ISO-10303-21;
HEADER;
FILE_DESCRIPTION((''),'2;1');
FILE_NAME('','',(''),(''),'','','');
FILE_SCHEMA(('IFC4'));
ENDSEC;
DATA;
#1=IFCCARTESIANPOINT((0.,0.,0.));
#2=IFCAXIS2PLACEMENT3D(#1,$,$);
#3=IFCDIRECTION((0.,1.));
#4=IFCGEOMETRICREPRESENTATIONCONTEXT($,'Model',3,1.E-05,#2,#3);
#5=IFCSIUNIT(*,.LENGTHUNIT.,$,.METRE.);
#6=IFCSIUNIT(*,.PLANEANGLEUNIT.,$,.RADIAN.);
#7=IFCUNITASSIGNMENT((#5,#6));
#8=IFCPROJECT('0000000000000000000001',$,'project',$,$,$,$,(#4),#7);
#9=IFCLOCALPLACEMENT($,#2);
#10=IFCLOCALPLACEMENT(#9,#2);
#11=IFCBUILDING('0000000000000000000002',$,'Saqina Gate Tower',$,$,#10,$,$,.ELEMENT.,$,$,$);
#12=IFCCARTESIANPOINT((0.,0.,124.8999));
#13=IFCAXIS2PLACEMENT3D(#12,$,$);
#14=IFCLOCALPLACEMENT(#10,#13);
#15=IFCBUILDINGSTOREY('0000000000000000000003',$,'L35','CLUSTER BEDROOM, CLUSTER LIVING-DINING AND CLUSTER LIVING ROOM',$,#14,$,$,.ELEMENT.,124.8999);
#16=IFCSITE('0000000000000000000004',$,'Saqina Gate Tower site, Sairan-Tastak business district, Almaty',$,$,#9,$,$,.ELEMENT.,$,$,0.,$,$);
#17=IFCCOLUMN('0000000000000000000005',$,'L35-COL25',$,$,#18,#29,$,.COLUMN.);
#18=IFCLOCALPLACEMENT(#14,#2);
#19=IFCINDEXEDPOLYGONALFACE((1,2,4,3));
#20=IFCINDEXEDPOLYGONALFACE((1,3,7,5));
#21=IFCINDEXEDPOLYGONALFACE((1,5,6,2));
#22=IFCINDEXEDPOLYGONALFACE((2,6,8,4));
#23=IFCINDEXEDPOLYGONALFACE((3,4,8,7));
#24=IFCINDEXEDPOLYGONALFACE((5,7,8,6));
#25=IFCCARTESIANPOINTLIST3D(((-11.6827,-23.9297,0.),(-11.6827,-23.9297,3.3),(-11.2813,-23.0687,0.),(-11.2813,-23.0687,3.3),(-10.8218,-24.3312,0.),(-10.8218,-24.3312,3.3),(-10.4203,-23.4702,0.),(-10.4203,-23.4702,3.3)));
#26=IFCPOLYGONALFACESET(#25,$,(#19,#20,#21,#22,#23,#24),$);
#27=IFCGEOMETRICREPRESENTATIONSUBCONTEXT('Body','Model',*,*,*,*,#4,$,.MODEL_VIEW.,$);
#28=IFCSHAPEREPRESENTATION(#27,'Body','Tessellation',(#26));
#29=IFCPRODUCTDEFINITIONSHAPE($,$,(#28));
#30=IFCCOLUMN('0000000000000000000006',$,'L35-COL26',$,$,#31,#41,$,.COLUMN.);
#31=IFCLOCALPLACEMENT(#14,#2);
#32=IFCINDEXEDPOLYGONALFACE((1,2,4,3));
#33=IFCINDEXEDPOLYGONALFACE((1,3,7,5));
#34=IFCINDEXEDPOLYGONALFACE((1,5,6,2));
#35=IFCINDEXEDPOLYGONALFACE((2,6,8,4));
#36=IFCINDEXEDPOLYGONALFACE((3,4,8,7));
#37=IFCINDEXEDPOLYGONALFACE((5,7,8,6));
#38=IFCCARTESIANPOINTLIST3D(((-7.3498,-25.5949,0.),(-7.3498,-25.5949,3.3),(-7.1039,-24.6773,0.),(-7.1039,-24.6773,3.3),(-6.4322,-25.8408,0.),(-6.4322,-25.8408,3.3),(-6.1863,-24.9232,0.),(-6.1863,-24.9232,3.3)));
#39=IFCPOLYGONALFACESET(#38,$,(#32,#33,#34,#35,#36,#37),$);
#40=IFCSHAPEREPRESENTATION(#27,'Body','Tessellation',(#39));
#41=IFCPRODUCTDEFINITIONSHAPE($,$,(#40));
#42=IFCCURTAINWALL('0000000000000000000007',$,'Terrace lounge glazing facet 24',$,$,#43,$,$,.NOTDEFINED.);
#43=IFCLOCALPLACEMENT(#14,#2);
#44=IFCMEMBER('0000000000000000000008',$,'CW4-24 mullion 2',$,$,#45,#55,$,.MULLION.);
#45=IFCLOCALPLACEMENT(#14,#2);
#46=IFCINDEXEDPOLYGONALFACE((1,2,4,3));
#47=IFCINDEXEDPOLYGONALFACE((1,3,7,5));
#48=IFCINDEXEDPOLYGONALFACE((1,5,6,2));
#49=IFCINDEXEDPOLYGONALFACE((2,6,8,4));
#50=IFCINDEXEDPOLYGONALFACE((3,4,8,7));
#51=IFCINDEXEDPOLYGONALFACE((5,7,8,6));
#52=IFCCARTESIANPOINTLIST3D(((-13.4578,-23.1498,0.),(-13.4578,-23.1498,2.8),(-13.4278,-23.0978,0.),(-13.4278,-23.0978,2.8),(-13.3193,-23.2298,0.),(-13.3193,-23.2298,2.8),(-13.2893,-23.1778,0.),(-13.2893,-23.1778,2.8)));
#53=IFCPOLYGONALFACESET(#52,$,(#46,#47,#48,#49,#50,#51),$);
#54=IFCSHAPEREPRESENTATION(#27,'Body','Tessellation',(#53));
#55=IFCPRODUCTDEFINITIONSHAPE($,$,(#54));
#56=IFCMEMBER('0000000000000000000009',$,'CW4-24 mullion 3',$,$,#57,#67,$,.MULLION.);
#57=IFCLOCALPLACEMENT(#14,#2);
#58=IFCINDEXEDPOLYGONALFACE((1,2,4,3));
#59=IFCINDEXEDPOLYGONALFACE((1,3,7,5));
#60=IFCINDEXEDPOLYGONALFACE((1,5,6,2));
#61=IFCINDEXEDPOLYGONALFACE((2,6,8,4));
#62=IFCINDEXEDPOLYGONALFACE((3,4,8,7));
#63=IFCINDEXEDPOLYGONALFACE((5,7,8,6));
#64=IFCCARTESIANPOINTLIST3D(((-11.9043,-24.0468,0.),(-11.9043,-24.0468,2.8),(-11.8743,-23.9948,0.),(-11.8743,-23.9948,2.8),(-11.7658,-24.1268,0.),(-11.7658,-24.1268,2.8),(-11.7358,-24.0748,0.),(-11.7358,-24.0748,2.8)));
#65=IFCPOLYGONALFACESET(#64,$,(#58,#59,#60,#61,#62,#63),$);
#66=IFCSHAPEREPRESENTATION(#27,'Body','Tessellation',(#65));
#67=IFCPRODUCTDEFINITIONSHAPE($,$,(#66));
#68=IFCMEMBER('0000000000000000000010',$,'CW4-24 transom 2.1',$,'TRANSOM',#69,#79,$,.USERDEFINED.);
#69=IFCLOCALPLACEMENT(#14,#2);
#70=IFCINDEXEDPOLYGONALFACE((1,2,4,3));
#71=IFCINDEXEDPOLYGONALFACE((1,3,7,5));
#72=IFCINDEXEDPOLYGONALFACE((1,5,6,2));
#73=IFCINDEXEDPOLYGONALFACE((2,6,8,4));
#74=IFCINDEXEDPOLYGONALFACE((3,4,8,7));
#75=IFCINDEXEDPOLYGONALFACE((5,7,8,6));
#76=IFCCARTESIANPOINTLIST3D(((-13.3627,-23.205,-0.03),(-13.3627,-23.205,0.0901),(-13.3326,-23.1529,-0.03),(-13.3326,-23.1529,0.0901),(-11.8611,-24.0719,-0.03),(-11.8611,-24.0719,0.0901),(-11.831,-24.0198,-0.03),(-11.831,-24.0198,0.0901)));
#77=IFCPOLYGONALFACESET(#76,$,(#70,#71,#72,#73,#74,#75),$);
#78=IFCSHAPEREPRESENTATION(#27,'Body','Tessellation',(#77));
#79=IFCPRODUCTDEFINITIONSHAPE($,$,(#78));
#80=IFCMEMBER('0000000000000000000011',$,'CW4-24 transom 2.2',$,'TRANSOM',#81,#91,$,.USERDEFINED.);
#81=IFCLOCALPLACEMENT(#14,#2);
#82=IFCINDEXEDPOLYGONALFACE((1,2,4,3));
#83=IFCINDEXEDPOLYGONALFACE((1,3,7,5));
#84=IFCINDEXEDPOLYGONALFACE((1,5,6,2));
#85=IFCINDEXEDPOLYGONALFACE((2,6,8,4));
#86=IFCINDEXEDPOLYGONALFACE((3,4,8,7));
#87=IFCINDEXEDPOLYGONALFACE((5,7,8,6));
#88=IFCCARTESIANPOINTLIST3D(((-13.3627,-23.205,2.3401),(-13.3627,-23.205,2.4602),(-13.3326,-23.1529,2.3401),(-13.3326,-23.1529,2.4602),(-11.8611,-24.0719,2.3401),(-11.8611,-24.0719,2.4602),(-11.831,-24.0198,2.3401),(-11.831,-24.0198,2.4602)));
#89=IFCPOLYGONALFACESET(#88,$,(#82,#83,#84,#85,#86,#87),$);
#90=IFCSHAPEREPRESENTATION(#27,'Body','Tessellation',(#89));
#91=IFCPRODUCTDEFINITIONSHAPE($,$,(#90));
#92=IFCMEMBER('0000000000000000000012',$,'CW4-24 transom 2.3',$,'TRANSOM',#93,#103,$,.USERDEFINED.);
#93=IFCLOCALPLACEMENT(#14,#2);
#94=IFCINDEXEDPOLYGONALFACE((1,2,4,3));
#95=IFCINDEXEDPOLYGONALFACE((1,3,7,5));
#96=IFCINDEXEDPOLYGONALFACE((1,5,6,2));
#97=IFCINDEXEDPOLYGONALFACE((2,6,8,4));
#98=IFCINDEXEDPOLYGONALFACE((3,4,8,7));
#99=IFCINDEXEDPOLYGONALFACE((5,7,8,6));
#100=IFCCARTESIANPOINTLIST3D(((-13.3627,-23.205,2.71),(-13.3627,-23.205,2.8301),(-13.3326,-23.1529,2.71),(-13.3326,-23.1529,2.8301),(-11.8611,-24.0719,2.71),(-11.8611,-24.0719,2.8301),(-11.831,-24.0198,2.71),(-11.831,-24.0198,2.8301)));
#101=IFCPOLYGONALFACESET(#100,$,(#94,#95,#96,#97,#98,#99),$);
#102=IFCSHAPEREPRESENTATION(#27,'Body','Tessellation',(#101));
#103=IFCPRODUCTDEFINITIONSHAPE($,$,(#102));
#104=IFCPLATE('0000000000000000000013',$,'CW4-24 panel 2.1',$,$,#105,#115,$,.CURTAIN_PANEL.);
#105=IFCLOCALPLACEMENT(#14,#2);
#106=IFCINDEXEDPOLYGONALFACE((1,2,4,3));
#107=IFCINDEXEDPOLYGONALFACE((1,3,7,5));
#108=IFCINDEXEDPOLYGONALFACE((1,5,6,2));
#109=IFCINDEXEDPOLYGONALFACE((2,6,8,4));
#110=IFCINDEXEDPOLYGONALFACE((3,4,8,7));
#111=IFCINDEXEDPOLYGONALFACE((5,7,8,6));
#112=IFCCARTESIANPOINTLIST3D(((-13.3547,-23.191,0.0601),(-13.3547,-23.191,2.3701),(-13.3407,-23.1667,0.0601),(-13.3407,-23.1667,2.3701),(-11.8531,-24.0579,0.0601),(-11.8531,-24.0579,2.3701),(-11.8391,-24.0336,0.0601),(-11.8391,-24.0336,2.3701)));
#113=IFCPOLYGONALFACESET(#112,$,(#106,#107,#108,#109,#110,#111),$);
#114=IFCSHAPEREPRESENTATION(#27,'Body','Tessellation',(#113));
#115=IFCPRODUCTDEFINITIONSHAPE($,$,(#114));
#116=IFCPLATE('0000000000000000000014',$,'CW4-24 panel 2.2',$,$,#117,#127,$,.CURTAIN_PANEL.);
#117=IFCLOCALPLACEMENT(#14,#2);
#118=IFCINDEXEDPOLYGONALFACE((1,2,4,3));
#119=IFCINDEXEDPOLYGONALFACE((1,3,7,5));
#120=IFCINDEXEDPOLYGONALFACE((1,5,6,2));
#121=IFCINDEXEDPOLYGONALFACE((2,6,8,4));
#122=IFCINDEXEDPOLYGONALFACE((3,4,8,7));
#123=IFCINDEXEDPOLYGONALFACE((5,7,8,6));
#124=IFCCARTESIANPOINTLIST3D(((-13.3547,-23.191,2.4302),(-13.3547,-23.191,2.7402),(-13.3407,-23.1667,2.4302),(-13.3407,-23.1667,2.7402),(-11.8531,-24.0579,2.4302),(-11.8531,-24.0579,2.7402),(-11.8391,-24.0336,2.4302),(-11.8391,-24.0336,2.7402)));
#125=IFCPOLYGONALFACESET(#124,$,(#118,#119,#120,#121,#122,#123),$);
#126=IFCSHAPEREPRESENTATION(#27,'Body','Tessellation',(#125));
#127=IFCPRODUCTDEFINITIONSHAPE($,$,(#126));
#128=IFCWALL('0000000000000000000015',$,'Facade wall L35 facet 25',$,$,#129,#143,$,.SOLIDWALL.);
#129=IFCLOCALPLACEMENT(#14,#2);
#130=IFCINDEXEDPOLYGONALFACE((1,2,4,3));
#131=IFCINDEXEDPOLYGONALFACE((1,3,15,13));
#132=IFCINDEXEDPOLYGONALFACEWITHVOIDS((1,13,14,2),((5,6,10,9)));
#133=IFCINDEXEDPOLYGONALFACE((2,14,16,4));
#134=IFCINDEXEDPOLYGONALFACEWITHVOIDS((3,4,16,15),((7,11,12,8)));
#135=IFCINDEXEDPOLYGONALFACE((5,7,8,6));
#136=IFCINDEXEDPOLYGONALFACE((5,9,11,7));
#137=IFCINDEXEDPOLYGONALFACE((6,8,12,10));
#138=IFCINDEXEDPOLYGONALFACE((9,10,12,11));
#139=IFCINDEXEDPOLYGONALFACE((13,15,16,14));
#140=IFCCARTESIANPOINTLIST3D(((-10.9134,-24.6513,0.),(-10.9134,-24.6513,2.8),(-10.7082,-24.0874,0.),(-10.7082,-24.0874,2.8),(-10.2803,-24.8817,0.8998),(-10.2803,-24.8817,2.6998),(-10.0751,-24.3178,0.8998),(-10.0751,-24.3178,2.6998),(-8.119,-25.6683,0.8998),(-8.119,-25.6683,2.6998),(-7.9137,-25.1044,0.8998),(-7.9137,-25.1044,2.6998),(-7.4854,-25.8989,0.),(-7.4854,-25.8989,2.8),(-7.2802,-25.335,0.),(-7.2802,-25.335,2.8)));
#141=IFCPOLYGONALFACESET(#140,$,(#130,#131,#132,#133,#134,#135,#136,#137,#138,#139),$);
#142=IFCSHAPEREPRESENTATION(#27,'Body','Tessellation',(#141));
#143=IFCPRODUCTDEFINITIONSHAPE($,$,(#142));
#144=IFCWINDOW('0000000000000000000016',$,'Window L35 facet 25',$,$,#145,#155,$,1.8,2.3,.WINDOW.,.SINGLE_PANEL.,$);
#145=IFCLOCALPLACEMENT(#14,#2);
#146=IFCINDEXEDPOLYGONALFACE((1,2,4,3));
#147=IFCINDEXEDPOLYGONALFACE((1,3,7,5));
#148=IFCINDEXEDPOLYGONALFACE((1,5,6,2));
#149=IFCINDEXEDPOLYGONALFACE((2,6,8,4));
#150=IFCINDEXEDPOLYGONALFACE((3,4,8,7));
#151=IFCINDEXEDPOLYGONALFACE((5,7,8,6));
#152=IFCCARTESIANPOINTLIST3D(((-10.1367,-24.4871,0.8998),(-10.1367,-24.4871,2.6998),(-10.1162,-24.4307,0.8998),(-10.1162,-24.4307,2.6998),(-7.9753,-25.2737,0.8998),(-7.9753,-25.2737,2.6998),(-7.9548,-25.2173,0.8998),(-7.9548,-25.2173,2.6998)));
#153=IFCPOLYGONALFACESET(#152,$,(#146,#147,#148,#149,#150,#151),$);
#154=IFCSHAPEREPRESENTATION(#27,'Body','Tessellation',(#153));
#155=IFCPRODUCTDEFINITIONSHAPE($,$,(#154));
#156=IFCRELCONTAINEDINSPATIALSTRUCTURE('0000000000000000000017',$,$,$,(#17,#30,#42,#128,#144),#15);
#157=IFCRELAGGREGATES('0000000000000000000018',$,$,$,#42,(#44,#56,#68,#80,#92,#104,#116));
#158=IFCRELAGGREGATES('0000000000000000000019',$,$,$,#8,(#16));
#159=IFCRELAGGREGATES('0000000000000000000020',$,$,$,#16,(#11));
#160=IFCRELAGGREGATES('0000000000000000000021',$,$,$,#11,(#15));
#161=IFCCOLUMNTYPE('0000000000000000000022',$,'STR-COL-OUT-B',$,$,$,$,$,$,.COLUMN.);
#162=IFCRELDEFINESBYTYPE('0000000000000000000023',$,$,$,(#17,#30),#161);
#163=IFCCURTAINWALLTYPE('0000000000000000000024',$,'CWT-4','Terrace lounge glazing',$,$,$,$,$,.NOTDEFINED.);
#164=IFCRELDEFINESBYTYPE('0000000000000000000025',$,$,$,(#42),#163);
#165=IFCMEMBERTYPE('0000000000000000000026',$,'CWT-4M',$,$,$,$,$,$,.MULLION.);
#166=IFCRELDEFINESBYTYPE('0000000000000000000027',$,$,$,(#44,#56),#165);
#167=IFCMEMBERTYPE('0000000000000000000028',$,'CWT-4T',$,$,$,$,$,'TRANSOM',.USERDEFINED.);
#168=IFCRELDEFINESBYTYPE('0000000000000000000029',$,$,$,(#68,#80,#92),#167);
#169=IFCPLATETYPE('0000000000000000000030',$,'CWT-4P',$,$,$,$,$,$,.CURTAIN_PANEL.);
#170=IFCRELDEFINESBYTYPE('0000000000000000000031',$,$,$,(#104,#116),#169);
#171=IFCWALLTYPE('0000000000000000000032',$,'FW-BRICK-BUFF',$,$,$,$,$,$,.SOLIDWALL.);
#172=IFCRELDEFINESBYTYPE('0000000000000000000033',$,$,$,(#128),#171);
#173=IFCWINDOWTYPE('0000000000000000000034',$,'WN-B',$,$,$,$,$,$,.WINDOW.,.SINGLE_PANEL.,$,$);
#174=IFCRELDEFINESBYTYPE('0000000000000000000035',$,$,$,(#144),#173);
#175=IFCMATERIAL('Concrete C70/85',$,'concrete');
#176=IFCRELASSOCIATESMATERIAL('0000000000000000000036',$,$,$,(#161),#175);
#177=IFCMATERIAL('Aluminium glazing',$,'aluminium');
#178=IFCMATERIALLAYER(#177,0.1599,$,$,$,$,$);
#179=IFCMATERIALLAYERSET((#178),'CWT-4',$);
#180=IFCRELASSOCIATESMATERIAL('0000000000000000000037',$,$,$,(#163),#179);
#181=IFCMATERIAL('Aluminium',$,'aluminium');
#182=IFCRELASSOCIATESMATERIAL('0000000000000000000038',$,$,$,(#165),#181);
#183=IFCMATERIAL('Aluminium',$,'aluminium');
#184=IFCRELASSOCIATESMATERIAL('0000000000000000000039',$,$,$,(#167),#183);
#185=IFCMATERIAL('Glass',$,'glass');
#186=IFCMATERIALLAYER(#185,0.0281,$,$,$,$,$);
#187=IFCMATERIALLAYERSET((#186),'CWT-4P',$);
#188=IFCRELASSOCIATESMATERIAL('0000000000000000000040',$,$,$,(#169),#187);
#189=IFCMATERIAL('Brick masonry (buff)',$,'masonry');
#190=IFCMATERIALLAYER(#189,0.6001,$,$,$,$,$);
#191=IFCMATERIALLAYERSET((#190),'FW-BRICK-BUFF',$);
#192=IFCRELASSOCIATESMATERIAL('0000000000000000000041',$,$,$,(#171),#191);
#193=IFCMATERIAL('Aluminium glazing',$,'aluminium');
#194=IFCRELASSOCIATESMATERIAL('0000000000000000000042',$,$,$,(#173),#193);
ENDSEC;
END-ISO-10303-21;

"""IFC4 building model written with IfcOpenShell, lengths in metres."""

from ifc_helpers import new_model, si_unit, direction, frame, frame_2d, origin, origin_2d, place, context, subcontext, project, spatial, rectangle, extrude, material, layer, layer_set, material_profile, profile_set, type_object, element, fill, aggregate, save


model = new_model("IFC4")

# Units and contexts
model_context = context("Model", 3, precision=1e-05, world=origin(), true_north=direction((0.0, 1.0)))
body_context = subcontext(model_context, "Body", "Model", "MODEL_VIEW")
ifc_project = project(units=[si_unit("LENGTHUNIT", "METRE"), si_unit("PLANEANGLEUNIT", "RADIAN")], contexts=[model_context])

# Site, building, storey
site_placement = place(None, origin())
site = spatial("IfcSite", under=ifc_project, at=site_placement, Name="Saqina Gate Tower site, Sairan-Tastak business district, Almaty", CompositionType="ELEMENT", RefElevation=0.0)
building_placement = place(site_placement, origin())
building = spatial("IfcBuilding", under=site, at=building_placement, Name="Saqina Gate Tower", CompositionType="ELEMENT")
storey_placement = place(building_placement, frame((0.0, 0.0, 124.8999)))
storey = spatial("IfcBuildingStorey", under=building, at=storey_placement, Name="L35", Description="CLUSTER BEDROOM, CLUSTER LIVING-DINING AND CLUSTER LIVING ROOM", CompositionType="ELEMENT", Elevation=124.8999)

# Columns
ifc_material_1 = material(Name="Concrete C70/85", Category="concrete")
ifc_material_profile_1 = material_profile(ifc_material_1, rectangle(XDim=0.95, YDim=0.95, at=origin_2d()), Name="RC 950x950")
ifc_profile_set_1 = profile_set([ifc_material_profile_1], Name="Concrete C70/85")
column_type = type_object("IfcColumnType", Name="STR-COL-OUT-B", PredefinedType="COLUMN", material=ifc_profile_set_1)
for number, where, z_axis, x_axis, name in (
    (1, (-11.0515, -23.7, 0.0), (0.0, 0.0, 1.0), (-0.422618, -0.906308, 0.0), "L35-COL25"),
    (2, (-6.7681, -25.259, 0.0), (0.0, 0.0, 1.0), (-0.258819, -0.965926, 0.0), "L35-COL26"),
):
    element("IfcColumn", number, at=place(storey_placement, frame(where, z_axis=z_axis, x_axis=x_axis)), inside=storey, type_object=column_type, Name=name, PredefinedType="COLUMN", context=body_context, shape_type="SweptSolid", body=[
        extrude(rectangle(XDim=0.95, YDim=0.95, at=origin_2d()), origin(), (0.0, 0.0, 1.0), 3.3),
    ])

# Curtain wall, members, plates
ifc_material_2 = material(Name="Aluminium glazing", Category="aluminium")
ifc_layer_1 = layer(ifc_material_2, 0.1599)
ifc_layer_set_1 = layer_set([ifc_layer_1], Name="CWT-4")
curtain_wall_type = type_object("IfcCurtainWallType", Name="CWT-4", Description="Terrace lounge glazing", PredefinedType="NOTDEFINED", material=ifc_layer_set_1)
curtain_wall_placement = place(storey_placement, origin())
curtain_wall = element("IfcCurtainWall", 3, at=curtain_wall_placement, inside=storey, type_object=curtain_wall_type, Name="Terrace lounge glazing facet 24", PredefinedType="NOTDEFINED")
ifc_material_3 = material(Name="Aluminium", Category="aluminium")
ifc_material_profile_2 = material_profile(ifc_material_3, rectangle(XDim=0.0601, YDim=0.1599, at=origin_2d()), Name="Aluminium 60x160")
ifc_profile_set_2 = profile_set([ifc_material_profile_2], Name="Aluminium")
member_type_1 = type_object("IfcMemberType", Name="CWT-4M", PredefinedType="MULLION", material=ifc_profile_set_2)
member_1_placement = place(storey_placement, frame((-13.3735, -23.1638, 0.0), z_axis=(0.0, 0.0, 1.0), x_axis=(0.499999, 0.866026, 0.0)))
member_1 = element("IfcMember", 4, at=member_1_placement, type_object=member_type_1, Name="CW4-24 mullion 2", PredefinedType="MULLION", context=body_context, shape_type="SweptSolid", body=[
    extrude(rectangle(XDim=0.0601, YDim=0.1599, at=origin_2d()), origin(), (0.0, 0.0, 1.0), 2.8),
])
member_2_placement = place(storey_placement, frame((-11.8201, -24.0608, 0.0), z_axis=(0.0, 0.0, 1.0), x_axis=(0.499999, 0.866026, 0.0)))
member_2 = element("IfcMember", 5, at=member_2_placement, type_object=member_type_1, Name="CW4-24 mullion 3", PredefinedType="MULLION", context=body_context, shape_type="SweptSolid", body=[
    extrude(rectangle(XDim=0.0601, YDim=0.1599, at=origin_2d()), origin(), (0.0, 0.0, 1.0), 2.8),
])
ifc_material_4 = material(Name="Aluminium", Category="aluminium")
ifc_material_profile_3 = material_profile(ifc_material_4, rectangle(XDim=0.0601, YDim=0.1201, at=origin_2d()), Name="Aluminium 60x120")
ifc_profile_set_3 = profile_set([ifc_material_profile_3], Name="Aluminium")
member_type_2 = type_object("IfcMemberType", Name="CWT-4T", ElementType="TRANSOM", PredefinedType="USERDEFINED", material=ifc_profile_set_3)
member_3_placement = place(storey_placement, frame((-13.3477, -23.179, 0.03), z_axis=(0.866043, -0.49997, 0.0), x_axis=(0.49997, 0.866043, 0.0)))
member_3 = element("IfcMember", 6, at=member_3_placement, type_object=member_type_2, Name="CW4-24 transom 2.1", ObjectType="TRANSOM", PredefinedType="USERDEFINED", context=body_context, shape_type="SweptSolid", body=[
    extrude(rectangle(XDim=0.0601, YDim=0.1201, at=origin_2d()), origin(), (0.0, 0.0, 1.0), 1.7339),
])
member_4_placement = place(storey_placement, frame((-13.3477, -23.179, 2.4001), z_axis=(0.866043, -0.49997, 0.0), x_axis=(0.49997, 0.866043, 0.0)))
member_4 = element("IfcMember", 7, at=member_4_placement, type_object=member_type_2, Name="CW4-24 transom 2.2", ObjectType="TRANSOM", PredefinedType="USERDEFINED", context=body_context, shape_type="SweptSolid", body=[
    extrude(rectangle(XDim=0.0601, YDim=0.1201, at=origin_2d()), origin(), (0.0, 0.0, 1.0), 1.7339),
])
member_5_placement = place(storey_placement, frame((-13.3477, -23.179, 2.77), z_axis=(0.866043, -0.49997, 0.0), x_axis=(0.49997, 0.866043, 0.0)))
member_5 = element("IfcMember", 8, at=member_5_placement, type_object=member_type_2, Name="CW4-24 transom 2.3", ObjectType="TRANSOM", PredefinedType="USERDEFINED", context=body_context, shape_type="SweptSolid", body=[
    extrude(rectangle(XDim=0.0601, YDim=0.1201, at=origin_2d()), origin(), (0.0, 0.0, 1.0), 1.7339),
])
ifc_material_5 = material(Name="Glass", Category="glass")
ifc_layer_2 = layer(ifc_material_5, 0.0281)
ifc_layer_set_2 = layer_set([ifc_layer_2], Name="CWT-4P")
plate_type = type_object("IfcPlateType", Name="CWT-4P", PredefinedType="CURTAIN_PANEL", material=ifc_layer_set_2)
plate_1_placement = place(storey_placement, frame((-12.5969, -23.6123, 0.0601), z_axis=(0.0, 0.0, 1.0), x_axis=(0.866026, -0.499999, 0.0)))
plate_1 = element("IfcPlate", 9, at=plate_1_placement, type_object=plate_type, Name="CW4-24 panel 2.1", PredefinedType="CURTAIN_PANEL", context=body_context, shape_type="SweptSolid", body=[
    extrude(rectangle(XDim=1.7339, YDim=0.0281, at=origin_2d()), origin(), (0.0, 0.0, 1.0), 2.3101),
])
plate_2_placement = place(storey_placement, frame((-12.5969, -23.6123, 2.4302), z_axis=(0.0, 0.0, 1.0), x_axis=(0.866026, -0.499999, 0.0)))
plate_2 = element("IfcPlate", 10, at=plate_2_placement, type_object=plate_type, Name="CW4-24 panel 2.2", PredefinedType="CURTAIN_PANEL", context=body_context, shape_type="SweptSolid", body=[
    extrude(rectangle(XDim=1.7339, YDim=0.0281, at=origin_2d()), origin(), (0.0, 0.0, 1.0), 0.3101),
])
aggregate(curtain_wall, [member_1, member_2, member_3, member_4, member_5, plate_1, plate_2])

# Wall, opening, window
ifc_material_6 = material(Name="Brick masonry (buff)", Category="masonry")
ifc_layer_3 = layer(ifc_material_6, 0.6001)
ifc_layer_set_3 = layer_set([ifc_layer_3], Name="FW-BRICK-BUFF")
wall_type_1 = type_object("IfcWallType", Name="FW-BRICK-BUFF", PredefinedType="SOLIDWALL", material=ifc_layer_set_3)
wall_1_placement = place(storey_placement, frame((-10.8108, -24.3694, 0.0), z_axis=(0.0, 0.0, 1.0), x_axis=(0.939704, -0.34199, 0.0)))
wall_1 = element("IfcWall", 11, at=wall_1_placement, inside=storey, type_object=wall_type_1, Name="Facade wall L35 facet 25", PredefinedType="SOLIDWALL", context=body_context, shape_type="SweptSolid", body=[
    extrude(rectangle(XDim=3.6479, YDim=0.6001, at=frame_2d((1.824, 0.0))), origin(), (0.0, 0.0, 1.0), 2.8),
])
opening_1_placement = place(wall_1_placement, frame((0.6738, 0.0, 0.8999)))
opening_1 = element("IfcOpeningElement", 12, at=opening_1_placement, cuts=wall_1, PredefinedType="OPENING", context=body_context, shape_type="SweptSolid", body=[
    extrude(rectangle(XDim=2.3, YDim=1.8, at=frame_2d((1.1499, 0.8999))), frame((0.0, 0.312, 0.0), z_axis=(0.0, -1.0, 0.0), x_axis=(1.0, 0.0, 0.0)), (0.0, 0.0, 1.0), 0.624),
])
ifc_material_7 = material(Name="Aluminium glazing", Category="aluminium")
window_type = type_object("IfcWindowType", Name="WN-B", PartitioningType="SINGLE_PANEL", PredefinedType="WINDOW", material=ifc_material_7)
window_placement = place(opening_1_placement, origin())
window = element("IfcWindow", 13, at=window_placement, inside=storey, type_object=window_type, Name="Window L35 facet 25", OverallHeight=1.8, OverallWidth=2.3, PartitioningType="SINGLE_PANEL", PredefinedType="WINDOW", context=body_context, shape_type="SweptSolid", body=[
    extrude(rectangle(XDim=2.3, YDim=1.8, at=frame_2d((1.1499, 0.8999))), frame((0.0, 0.1799, 0.0), z_axis=(0.0, -1.0, 0.0), x_axis=(1.0, 0.0, 0.0)), (0.0, 0.0, 1.0), 0.0601),
])
fill(opening_1, window)

save(model, "model.ifc")
